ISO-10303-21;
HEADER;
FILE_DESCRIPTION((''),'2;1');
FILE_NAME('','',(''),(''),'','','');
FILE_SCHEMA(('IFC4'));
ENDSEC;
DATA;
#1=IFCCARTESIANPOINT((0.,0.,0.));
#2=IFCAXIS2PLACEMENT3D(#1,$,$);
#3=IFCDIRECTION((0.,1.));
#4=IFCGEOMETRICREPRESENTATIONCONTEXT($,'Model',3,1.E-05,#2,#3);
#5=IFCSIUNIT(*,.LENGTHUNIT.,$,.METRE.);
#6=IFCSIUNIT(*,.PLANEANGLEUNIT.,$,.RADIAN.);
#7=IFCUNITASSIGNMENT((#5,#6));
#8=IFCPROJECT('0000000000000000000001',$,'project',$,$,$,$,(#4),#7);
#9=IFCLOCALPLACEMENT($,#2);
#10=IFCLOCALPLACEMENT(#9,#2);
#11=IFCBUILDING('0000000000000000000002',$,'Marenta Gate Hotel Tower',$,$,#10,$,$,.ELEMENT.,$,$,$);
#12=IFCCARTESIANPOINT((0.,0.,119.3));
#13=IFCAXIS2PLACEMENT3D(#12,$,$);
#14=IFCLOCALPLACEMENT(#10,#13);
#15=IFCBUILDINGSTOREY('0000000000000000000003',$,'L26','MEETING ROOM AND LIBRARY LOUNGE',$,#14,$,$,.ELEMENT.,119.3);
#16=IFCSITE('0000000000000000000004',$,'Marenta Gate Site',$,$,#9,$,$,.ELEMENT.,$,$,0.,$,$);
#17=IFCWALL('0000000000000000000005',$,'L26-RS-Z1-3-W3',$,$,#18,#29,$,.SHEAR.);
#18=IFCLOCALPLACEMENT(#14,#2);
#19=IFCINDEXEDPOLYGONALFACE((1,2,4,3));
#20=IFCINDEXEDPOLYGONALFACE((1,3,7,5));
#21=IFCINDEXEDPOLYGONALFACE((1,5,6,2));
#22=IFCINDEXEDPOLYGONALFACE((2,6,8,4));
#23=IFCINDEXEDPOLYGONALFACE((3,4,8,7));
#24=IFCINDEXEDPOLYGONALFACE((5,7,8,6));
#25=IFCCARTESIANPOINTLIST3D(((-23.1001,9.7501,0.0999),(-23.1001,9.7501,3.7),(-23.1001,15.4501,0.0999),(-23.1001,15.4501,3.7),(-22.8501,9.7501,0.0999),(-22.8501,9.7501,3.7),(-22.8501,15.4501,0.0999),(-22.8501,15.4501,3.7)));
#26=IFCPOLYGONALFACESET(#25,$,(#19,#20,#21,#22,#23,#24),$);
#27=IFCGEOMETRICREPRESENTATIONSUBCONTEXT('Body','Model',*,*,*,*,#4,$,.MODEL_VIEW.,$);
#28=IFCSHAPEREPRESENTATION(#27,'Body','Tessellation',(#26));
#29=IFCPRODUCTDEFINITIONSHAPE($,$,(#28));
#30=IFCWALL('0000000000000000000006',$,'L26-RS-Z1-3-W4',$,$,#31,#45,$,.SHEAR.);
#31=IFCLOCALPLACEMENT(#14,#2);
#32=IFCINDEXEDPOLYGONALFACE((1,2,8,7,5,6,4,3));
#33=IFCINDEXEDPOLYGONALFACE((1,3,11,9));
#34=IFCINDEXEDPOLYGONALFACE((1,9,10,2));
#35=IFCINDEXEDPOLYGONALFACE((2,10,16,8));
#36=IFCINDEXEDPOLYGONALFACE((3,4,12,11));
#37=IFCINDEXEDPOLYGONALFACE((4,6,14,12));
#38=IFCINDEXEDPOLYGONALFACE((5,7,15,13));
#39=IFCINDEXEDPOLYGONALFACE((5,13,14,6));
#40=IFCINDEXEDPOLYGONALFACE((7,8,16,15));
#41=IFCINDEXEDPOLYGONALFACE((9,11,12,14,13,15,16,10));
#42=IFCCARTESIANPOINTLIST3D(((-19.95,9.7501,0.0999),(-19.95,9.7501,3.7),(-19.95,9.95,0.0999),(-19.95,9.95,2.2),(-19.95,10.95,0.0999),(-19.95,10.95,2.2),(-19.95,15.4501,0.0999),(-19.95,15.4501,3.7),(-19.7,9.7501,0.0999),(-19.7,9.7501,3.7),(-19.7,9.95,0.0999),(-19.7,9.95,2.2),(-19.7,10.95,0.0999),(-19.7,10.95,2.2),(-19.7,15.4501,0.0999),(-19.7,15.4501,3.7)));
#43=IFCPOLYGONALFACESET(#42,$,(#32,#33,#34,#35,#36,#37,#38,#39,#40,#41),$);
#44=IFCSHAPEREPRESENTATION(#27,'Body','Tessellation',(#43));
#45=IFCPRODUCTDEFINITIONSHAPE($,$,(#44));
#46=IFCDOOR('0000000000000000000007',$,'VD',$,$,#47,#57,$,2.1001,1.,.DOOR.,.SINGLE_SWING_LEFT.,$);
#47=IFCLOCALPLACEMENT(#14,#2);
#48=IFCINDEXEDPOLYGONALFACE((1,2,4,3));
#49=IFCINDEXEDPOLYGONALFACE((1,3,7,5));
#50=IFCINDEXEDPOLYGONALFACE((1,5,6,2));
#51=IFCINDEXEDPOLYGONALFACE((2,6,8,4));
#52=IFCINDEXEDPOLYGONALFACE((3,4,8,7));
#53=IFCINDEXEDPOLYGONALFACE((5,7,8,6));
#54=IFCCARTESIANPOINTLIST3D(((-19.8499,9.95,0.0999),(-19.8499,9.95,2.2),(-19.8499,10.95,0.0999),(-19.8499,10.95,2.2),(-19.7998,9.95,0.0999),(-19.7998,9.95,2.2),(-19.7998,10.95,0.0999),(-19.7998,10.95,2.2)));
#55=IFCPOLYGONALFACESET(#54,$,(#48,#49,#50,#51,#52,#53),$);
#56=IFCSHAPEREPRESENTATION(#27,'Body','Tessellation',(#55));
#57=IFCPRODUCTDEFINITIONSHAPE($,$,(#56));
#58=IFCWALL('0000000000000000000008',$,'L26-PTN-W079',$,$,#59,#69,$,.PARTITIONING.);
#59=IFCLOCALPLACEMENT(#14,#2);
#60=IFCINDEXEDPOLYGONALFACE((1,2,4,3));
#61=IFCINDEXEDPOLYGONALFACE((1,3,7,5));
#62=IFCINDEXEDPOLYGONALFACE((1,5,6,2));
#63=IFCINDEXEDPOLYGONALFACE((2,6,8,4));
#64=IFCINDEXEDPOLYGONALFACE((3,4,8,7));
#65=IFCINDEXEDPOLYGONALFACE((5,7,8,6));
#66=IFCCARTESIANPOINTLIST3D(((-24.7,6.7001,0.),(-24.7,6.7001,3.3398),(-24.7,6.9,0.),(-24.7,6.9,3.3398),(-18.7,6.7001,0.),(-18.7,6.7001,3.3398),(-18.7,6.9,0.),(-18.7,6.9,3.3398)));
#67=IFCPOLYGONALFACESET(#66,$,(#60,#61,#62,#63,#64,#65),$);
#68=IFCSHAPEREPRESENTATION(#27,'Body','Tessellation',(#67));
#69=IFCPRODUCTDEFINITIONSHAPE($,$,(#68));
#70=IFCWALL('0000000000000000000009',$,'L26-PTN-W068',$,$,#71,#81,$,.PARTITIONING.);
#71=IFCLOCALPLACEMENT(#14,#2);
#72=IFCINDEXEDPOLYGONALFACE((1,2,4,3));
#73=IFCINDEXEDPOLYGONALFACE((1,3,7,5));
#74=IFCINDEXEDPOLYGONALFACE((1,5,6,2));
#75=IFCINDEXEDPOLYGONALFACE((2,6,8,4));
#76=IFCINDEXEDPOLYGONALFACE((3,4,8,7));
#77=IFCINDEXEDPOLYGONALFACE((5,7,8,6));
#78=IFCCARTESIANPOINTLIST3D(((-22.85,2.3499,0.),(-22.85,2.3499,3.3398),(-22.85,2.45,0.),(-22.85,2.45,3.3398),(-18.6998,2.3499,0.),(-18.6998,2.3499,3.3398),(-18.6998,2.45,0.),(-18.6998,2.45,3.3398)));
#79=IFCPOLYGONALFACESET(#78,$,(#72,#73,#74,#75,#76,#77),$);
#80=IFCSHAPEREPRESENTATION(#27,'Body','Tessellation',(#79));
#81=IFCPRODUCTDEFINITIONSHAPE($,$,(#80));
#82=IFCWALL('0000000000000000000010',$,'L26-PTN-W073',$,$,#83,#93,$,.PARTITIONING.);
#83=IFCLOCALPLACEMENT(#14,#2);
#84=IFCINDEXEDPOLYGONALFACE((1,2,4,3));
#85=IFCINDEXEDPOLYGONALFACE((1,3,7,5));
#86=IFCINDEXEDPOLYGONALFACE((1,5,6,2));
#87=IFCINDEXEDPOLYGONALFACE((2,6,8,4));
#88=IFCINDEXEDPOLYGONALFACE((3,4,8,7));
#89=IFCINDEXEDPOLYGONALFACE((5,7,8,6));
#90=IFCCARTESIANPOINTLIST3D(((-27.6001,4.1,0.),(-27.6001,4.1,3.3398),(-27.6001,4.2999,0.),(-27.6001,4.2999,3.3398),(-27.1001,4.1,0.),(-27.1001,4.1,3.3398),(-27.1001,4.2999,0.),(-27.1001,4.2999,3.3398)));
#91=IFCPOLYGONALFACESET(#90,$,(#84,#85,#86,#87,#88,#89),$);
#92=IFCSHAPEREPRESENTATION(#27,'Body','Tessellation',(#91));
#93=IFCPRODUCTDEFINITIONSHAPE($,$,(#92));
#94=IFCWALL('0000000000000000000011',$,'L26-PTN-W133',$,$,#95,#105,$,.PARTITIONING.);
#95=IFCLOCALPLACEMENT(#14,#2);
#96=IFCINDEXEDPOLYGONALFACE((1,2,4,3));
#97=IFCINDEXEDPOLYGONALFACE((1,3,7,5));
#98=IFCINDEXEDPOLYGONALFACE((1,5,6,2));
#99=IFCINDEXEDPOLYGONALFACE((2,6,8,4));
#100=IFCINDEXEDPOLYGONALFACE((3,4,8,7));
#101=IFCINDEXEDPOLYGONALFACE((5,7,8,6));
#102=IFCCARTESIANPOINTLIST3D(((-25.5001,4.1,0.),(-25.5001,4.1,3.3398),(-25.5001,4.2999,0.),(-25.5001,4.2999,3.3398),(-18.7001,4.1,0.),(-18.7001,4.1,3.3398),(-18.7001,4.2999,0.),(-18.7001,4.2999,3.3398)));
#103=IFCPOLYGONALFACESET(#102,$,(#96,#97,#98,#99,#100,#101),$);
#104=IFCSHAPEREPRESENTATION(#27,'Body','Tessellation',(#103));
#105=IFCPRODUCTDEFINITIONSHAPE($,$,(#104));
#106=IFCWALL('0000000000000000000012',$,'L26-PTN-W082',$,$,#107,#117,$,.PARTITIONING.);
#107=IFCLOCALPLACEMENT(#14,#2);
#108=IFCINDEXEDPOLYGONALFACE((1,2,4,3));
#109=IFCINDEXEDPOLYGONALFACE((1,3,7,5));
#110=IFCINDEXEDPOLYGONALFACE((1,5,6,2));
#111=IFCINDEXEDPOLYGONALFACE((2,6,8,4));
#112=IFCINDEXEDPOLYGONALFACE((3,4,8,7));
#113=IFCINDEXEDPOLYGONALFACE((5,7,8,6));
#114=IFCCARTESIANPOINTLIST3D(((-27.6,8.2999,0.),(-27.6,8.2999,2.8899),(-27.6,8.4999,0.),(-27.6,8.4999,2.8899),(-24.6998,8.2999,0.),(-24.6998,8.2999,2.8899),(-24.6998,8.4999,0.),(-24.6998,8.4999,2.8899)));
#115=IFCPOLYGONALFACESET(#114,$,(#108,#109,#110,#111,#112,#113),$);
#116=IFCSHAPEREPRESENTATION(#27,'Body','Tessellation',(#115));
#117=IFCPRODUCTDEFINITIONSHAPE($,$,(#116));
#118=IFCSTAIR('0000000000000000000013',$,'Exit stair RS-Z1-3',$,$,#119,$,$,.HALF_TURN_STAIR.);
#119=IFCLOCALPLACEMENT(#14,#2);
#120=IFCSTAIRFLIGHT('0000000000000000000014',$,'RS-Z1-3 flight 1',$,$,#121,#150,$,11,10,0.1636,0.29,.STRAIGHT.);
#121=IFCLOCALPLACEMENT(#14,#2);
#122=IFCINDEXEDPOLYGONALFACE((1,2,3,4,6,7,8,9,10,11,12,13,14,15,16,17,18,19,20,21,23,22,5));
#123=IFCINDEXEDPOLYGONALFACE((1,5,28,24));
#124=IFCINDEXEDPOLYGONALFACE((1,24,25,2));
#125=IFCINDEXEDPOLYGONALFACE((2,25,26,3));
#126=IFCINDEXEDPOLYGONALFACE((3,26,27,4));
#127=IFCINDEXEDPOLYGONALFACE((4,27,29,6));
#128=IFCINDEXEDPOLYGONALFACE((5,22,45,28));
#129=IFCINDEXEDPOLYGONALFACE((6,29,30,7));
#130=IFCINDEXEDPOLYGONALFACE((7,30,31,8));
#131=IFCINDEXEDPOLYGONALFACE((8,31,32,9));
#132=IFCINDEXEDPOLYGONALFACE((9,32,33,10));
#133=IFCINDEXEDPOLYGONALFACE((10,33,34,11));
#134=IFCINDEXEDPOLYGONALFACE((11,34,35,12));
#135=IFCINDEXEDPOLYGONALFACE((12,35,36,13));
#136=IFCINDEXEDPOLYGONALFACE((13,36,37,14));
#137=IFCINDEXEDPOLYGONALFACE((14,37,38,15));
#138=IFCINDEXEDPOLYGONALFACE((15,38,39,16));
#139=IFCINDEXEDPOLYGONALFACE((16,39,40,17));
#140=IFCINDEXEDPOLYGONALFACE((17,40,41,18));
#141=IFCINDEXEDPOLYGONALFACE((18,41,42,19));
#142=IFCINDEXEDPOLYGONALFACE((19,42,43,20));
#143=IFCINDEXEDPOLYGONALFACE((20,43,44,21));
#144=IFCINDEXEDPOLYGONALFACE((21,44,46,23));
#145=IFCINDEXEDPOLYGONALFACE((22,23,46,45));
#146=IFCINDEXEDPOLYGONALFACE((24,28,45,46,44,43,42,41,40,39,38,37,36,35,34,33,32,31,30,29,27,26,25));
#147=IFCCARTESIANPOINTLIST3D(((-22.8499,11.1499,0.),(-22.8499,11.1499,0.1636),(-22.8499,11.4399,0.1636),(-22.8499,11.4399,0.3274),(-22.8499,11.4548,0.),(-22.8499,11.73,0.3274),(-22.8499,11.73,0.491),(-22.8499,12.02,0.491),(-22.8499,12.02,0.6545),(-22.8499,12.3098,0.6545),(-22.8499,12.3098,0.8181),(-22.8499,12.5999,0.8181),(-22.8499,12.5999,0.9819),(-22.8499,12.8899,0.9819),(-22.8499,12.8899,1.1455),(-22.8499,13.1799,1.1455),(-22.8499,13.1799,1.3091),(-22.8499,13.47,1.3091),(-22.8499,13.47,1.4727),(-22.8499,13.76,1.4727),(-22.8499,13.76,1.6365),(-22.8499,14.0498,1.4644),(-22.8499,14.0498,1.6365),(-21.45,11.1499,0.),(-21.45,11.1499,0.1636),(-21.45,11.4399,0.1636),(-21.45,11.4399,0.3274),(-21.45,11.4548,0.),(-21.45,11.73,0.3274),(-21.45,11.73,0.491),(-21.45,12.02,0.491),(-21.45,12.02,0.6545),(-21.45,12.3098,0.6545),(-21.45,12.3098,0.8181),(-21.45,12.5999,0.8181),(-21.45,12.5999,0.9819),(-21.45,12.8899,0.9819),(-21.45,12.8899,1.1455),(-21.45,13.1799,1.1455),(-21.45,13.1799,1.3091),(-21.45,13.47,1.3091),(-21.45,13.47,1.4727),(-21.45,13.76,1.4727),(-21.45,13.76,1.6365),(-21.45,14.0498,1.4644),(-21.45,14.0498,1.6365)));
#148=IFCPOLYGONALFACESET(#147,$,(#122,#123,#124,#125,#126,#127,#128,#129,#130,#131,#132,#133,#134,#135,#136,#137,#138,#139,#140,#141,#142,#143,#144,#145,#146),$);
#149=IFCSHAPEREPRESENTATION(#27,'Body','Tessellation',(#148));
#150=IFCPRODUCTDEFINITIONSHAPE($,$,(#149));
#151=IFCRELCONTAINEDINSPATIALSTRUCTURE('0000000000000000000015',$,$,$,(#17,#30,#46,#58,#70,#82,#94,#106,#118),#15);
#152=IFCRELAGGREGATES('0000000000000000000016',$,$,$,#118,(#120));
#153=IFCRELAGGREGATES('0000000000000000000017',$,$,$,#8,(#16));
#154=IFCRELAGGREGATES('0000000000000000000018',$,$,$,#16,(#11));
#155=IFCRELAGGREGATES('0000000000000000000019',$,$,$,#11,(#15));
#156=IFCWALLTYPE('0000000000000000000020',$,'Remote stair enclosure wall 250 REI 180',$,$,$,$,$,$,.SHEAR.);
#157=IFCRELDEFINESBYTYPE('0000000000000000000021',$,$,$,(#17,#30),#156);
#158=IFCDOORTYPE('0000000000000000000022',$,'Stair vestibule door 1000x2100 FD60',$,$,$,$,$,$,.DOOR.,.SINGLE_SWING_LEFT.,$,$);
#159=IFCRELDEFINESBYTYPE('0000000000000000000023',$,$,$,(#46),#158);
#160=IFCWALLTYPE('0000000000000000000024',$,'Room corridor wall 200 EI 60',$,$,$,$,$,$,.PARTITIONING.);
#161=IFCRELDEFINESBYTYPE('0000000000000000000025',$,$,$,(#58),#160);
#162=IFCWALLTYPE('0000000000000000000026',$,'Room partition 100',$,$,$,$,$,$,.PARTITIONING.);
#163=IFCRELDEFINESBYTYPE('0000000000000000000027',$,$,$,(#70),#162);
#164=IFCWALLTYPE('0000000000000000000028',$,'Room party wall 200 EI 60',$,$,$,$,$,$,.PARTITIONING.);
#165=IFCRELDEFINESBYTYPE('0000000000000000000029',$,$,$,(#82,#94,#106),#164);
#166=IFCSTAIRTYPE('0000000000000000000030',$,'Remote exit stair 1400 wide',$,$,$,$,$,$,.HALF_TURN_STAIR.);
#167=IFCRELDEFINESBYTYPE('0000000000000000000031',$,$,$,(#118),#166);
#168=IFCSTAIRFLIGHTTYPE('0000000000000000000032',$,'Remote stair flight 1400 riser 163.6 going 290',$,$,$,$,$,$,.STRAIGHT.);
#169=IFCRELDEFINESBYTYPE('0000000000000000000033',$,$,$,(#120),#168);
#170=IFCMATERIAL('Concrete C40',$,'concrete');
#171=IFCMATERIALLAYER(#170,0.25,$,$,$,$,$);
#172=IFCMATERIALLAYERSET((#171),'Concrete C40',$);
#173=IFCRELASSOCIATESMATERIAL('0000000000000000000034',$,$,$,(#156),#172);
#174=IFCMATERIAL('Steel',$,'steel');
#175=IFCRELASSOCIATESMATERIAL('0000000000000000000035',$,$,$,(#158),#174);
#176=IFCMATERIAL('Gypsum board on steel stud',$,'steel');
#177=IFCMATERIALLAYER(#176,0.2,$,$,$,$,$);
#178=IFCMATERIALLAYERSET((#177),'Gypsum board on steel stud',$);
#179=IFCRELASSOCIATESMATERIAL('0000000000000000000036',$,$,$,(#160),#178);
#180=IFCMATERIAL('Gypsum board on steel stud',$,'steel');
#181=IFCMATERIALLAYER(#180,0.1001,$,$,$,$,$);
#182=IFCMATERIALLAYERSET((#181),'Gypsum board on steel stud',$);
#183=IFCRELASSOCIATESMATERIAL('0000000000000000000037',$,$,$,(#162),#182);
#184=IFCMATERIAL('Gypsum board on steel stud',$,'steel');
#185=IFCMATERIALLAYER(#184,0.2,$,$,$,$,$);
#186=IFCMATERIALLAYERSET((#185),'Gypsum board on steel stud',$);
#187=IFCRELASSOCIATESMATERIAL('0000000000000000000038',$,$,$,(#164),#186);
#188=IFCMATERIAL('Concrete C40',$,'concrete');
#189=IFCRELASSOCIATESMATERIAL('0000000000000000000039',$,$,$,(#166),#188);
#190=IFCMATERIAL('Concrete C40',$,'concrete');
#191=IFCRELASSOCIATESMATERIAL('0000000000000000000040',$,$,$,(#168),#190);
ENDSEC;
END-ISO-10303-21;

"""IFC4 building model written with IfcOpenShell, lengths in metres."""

from ifc_helpers import new_model, si_unit, direction, frame, frame_2d, origin, place, context, subcontext, project, spatial, polyline, rectangle, outline, extrude, material, layer, layer_set, type_object, element, fill, aggregate, save


model = new_model("IFC4")

# Units and contexts
model_context = context("Model", 3, precision=1e-05, world=origin(), true_north=direction((0.0, 1.0)))
body_context = subcontext(model_context, "Body", "Model", "MODEL_VIEW")
ifc_project = project(units=[si_unit("LENGTHUNIT", "METRE"), si_unit("PLANEANGLEUNIT", "RADIAN")], contexts=[model_context])

# Site, building, storey
site_placement = place(None, origin())
site = spatial("IfcSite", under=ifc_project, at=site_placement, Name="Marenta Gate Site", CompositionType="ELEMENT", RefElevation=0.0)
building_placement = place(site_placement, origin())
building = spatial("IfcBuilding", under=site, at=building_placement, Name="Marenta Gate Hotel Tower", CompositionType="ELEMENT")
storey_placement = place(building_placement, frame((0.0, 0.0, 119.3)))
storey = spatial("IfcBuildingStorey", under=building, at=storey_placement, Name="L26", Description="MEETING ROOM AND LIBRARY LOUNGE", CompositionType="ELEMENT", Elevation=119.3)

# Wall
ifc_material_1 = material(Name="Concrete C40", Category="concrete")
ifc_layer_1 = layer(ifc_material_1, 0.25)
ifc_layer_set_1 = layer_set([ifc_layer_1], Name="Concrete C40")
wall_type_1 = type_object("IfcWallType", Name="Remote stair enclosure wall 250 REI 180", PredefinedType="SHEAR", material=ifc_layer_set_1)
wall_1_placement = place(storey_placement, frame((-22.9751, 9.75, 0.0999), z_axis=(0.0, 0.0, 1.0), x_axis=(0.0, 1.0, 0.0)))
element("IfcWall", 1, at=wall_1_placement, inside=storey, type_object=wall_type_1, Name="L26-RS-Z1-3-W3", PredefinedType="SHEAR", context=body_context, shape_type="SweptSolid", body=[
    extrude(rectangle(XDim=5.7, YDim=0.25, at=frame_2d((2.8501, 0.0))), origin(), (0.0, 0.0, 1.0), 3.6001),
])

# Wall, opening, door
wall_2_placement = place(storey_placement, frame((-19.825, 9.75, 0.0999), z_axis=(0.0, 0.0, 1.0), x_axis=(0.0, 1.0, 0.0)))
wall_2 = element("IfcWall", 2, at=wall_2_placement, inside=storey, type_object=wall_type_1, Name="L26-RS-Z1-3-W4", PredefinedType="SHEAR", context=body_context, shape_type="SweptSolid", body=[
    extrude(rectangle(XDim=5.7, YDim=0.25, at=frame_2d((2.8501, 0.0))), origin(), (0.0, 0.0, 1.0), 3.6001),
])
opening_1_placement = place(wall_2_placement, frame((0.2, 0.0, 0.0)))
opening_1 = element("IfcOpeningElement", 3, at=opening_1_placement, cuts=wall_2, PredefinedType="OPENING", context=body_context, shape_type="SweptSolid", body=[
    extrude(rectangle(XDim=1.0, YDim=2.1001, at=frame_2d((0.5, 1.05))), frame((0.0, 0.125, 0.0), z_axis=(0.0, -1.0, 0.0), x_axis=(1.0, 0.0, 0.0)), (0.0, 0.0, 1.0), 0.25),
])
ifc_material_2 = material(Name="Steel", Category="steel")
door_type_1 = type_object("IfcDoorType", Name="Stair vestibule door 1000x2100 FD60", OperationType="SINGLE_SWING_LEFT", PredefinedType="DOOR", material=ifc_material_2)
door_1_placement = place(opening_1_placement, origin())
door_1 = element("IfcDoor", 4, at=door_1_placement, inside=storey, type_object=door_type_1, Name="VD", OperationType="SINGLE_SWING_LEFT", OverallHeight=2.1001, OverallWidth=1.0, PredefinedType="DOOR", context=body_context, shape_type="SweptSolid", body=[
    extrude(rectangle(XDim=1.0, YDim=2.1001, at=frame_2d((0.5, 1.05))), frame((0.0, 0.0249, 0.0), z_axis=(0.0, -1.0, 0.0), x_axis=(1.0, 0.0, 0.0)), (0.0, 0.0, 1.0), 0.05),
])
fill(opening_1, door_1)

# Wall
ifc_material_3 = material(Name="Gypsum board on steel stud", Category="steel")
ifc_layer_2 = layer(ifc_material_3, 0.2)
ifc_layer_set_2 = layer_set([ifc_layer_2], Name="Gypsum board on steel stud")
wall_type_2 = type_object("IfcWallType", Name="Room corridor wall 200 EI 60", PredefinedType="PARTITIONING", material=ifc_layer_set_2)
wall_3_placement = place(storey_placement, frame((-24.7, 6.8, 0.0), z_axis=(0.0, 0.0, 1.0), x_axis=(1.0, 0.0, 0.0)))
element("IfcWall", 5, at=wall_3_placement, inside=storey, type_object=wall_type_2, Name="L26-PTN-W079", PredefinedType="PARTITIONING", context=body_context, shape_type="SweptSolid", body=[
    extrude(rectangle(XDim=6.0, YDim=0.2, at=frame_2d((3.0, 0.0))), origin(), (0.0, 0.0, 1.0), 3.3398),
])

# Walls
ifc_material_4 = material(Name="Gypsum board on steel stud", Category="steel")
ifc_layer_3 = layer(ifc_material_4, 0.1001)
ifc_layer_set_3 = layer_set([ifc_layer_3], Name="Gypsum board on steel stud")
wall_type_3 = type_object("IfcWallType", Name="Room partition 100", PredefinedType="PARTITIONING", material=ifc_layer_set_3)
wall_4_placement = place(storey_placement, frame((-22.8501, 2.3999, 0.0), z_axis=(0.0, 0.0, 1.0), x_axis=(1.0, 0.0, 0.0)))
element("IfcWall", 6, at=wall_4_placement, inside=storey, type_object=wall_type_3, Name="L26-PTN-W068", PredefinedType="PARTITIONING", context=body_context, shape_type="SweptSolid", body=[
    extrude(rectangle(XDim=4.1501, YDim=0.1001, at=frame_2d((2.0752, 0.0))), origin(), (0.0, 0.0, 1.0), 3.3398),
])
ifc_material_5 = material(Name="Gypsum board on steel stud", Category="steel")
ifc_layer_4 = layer(ifc_material_5, 0.2)
ifc_layer_set_4 = layer_set([ifc_layer_4], Name="Gypsum board on steel stud")
wall_type_4 = type_object("IfcWallType", Name="Room party wall 200 EI 60", PredefinedType="PARTITIONING", material=ifc_layer_set_4)
wall_5_placement = place(storey_placement, frame((-27.6001, 4.2, 0.0), z_axis=(0.0, 0.0, 1.0), x_axis=(1.0, 0.0, 0.0)))
element("IfcWall", 7, at=wall_5_placement, inside=storey, type_object=wall_type_4, Name="L26-PTN-W073", PredefinedType="PARTITIONING", context=body_context, shape_type="SweptSolid", body=[
    extrude(rectangle(XDim=0.5, YDim=0.2, at=frame_2d((0.25, 0.0))), origin(), (0.0, 0.0, 1.0), 3.3398),
])
wall_6_placement = place(storey_placement, frame((-25.5, 4.2, 0.0), z_axis=(0.0, 0.0, 1.0), x_axis=(1.0, 0.0, 0.0)))
element("IfcWall", 8, at=wall_6_placement, inside=storey, type_object=wall_type_4, Name="L26-PTN-W133", PredefinedType="PARTITIONING", context=body_context, shape_type="SweptSolid", body=[
    extrude(rectangle(XDim=6.8, YDim=0.2, at=frame_2d((3.3999, 0.0))), origin(), (0.0, 0.0, 1.0), 3.3398),
])
wall_7_placement = place(storey_placement, frame((-27.6001, 8.3999, 0.0), z_axis=(0.0, 0.0, 1.0), x_axis=(1.0, 0.0, 0.0)))
element("IfcWall", 9, at=wall_7_placement, inside=storey, type_object=wall_type_4, Name="L26-PTN-W082", PredefinedType="PARTITIONING", context=body_context, shape_type="SweptSolid", body=[
    extrude(rectangle(XDim=2.9001, YDim=0.2, at=frame_2d((1.4502, 0.0))), origin(), (0.0, 0.0, 1.0), 2.8899),
])

# Stair, stair flight
ifc_material_6 = material(Name="Concrete C40", Category="concrete")
stair_type = type_object("IfcStairType", Name="Remote exit stair 1400 wide", PredefinedType="HALF_TURN_STAIR", material=ifc_material_6)
stair_placement = place(storey_placement, origin())
stair = element("IfcStair", 10, at=stair_placement, inside=storey, type_object=stair_type, Name="Exit stair RS-Z1-3", PredefinedType="HALF_TURN_STAIR")
ifc_material_7 = material(Name="Concrete C40", Category="concrete")
stair_flight_type = type_object("IfcStairFlightType", Name="Remote stair flight 1400 riser 163.6 going 290", PredefinedType="STRAIGHT", material=ifc_material_7)
stair_flight_1_placement = place(storey_placement, frame((-22.1499, 11.1499, 0.0), z_axis=(0.0, 0.0, 1.0), x_axis=(0.0, 1.0, 0.0)))
stair_flight_1 = element("IfcStairFlight", 11, at=stair_flight_1_placement, type_object=stair_flight_type, Name="RS-Z1-3 flight 1", NumberOfRisers=11, NumberOfTreads=10, PredefinedType="STRAIGHT", RiserHeight=0.1636, TreadLength=0.29, context=body_context, shape_type="SweptSolid", body=[
    extrude(outline(polyline([(0.0, 0.0), (0.0, 0.1636), (0.29, 0.1636), (0.29, 0.3274), (0.5801, 0.3274), (0.5801, 0.491), (0.8701, 0.491), (0.8701, 0.6545), (1.1599, 0.6545), (1.1599, 0.8181), (1.45, 0.8181), (1.45, 0.9819), (1.74, 0.9819), (1.74, 1.1455), (2.03, 1.1455), (2.03, 1.3091), (2.3201, 1.3091), (2.3201, 1.4727), (2.6101, 1.4727), (2.6101, 1.6365), (2.8999, 1.6365), (2.8999, 1.8), (2.8999, 1.4644), (0.3049, 0.0), (0.0, 0.0)])), frame((0.0, 0.7, 0.0), z_axis=(0.0, -1.0, 0.0), x_axis=(1.0, 0.0, 0.0)), (0.0, 0.0, 1.0), 1.3999),
])
aggregate(stair, [stair_flight_1])

save(model, "model.ifc")
